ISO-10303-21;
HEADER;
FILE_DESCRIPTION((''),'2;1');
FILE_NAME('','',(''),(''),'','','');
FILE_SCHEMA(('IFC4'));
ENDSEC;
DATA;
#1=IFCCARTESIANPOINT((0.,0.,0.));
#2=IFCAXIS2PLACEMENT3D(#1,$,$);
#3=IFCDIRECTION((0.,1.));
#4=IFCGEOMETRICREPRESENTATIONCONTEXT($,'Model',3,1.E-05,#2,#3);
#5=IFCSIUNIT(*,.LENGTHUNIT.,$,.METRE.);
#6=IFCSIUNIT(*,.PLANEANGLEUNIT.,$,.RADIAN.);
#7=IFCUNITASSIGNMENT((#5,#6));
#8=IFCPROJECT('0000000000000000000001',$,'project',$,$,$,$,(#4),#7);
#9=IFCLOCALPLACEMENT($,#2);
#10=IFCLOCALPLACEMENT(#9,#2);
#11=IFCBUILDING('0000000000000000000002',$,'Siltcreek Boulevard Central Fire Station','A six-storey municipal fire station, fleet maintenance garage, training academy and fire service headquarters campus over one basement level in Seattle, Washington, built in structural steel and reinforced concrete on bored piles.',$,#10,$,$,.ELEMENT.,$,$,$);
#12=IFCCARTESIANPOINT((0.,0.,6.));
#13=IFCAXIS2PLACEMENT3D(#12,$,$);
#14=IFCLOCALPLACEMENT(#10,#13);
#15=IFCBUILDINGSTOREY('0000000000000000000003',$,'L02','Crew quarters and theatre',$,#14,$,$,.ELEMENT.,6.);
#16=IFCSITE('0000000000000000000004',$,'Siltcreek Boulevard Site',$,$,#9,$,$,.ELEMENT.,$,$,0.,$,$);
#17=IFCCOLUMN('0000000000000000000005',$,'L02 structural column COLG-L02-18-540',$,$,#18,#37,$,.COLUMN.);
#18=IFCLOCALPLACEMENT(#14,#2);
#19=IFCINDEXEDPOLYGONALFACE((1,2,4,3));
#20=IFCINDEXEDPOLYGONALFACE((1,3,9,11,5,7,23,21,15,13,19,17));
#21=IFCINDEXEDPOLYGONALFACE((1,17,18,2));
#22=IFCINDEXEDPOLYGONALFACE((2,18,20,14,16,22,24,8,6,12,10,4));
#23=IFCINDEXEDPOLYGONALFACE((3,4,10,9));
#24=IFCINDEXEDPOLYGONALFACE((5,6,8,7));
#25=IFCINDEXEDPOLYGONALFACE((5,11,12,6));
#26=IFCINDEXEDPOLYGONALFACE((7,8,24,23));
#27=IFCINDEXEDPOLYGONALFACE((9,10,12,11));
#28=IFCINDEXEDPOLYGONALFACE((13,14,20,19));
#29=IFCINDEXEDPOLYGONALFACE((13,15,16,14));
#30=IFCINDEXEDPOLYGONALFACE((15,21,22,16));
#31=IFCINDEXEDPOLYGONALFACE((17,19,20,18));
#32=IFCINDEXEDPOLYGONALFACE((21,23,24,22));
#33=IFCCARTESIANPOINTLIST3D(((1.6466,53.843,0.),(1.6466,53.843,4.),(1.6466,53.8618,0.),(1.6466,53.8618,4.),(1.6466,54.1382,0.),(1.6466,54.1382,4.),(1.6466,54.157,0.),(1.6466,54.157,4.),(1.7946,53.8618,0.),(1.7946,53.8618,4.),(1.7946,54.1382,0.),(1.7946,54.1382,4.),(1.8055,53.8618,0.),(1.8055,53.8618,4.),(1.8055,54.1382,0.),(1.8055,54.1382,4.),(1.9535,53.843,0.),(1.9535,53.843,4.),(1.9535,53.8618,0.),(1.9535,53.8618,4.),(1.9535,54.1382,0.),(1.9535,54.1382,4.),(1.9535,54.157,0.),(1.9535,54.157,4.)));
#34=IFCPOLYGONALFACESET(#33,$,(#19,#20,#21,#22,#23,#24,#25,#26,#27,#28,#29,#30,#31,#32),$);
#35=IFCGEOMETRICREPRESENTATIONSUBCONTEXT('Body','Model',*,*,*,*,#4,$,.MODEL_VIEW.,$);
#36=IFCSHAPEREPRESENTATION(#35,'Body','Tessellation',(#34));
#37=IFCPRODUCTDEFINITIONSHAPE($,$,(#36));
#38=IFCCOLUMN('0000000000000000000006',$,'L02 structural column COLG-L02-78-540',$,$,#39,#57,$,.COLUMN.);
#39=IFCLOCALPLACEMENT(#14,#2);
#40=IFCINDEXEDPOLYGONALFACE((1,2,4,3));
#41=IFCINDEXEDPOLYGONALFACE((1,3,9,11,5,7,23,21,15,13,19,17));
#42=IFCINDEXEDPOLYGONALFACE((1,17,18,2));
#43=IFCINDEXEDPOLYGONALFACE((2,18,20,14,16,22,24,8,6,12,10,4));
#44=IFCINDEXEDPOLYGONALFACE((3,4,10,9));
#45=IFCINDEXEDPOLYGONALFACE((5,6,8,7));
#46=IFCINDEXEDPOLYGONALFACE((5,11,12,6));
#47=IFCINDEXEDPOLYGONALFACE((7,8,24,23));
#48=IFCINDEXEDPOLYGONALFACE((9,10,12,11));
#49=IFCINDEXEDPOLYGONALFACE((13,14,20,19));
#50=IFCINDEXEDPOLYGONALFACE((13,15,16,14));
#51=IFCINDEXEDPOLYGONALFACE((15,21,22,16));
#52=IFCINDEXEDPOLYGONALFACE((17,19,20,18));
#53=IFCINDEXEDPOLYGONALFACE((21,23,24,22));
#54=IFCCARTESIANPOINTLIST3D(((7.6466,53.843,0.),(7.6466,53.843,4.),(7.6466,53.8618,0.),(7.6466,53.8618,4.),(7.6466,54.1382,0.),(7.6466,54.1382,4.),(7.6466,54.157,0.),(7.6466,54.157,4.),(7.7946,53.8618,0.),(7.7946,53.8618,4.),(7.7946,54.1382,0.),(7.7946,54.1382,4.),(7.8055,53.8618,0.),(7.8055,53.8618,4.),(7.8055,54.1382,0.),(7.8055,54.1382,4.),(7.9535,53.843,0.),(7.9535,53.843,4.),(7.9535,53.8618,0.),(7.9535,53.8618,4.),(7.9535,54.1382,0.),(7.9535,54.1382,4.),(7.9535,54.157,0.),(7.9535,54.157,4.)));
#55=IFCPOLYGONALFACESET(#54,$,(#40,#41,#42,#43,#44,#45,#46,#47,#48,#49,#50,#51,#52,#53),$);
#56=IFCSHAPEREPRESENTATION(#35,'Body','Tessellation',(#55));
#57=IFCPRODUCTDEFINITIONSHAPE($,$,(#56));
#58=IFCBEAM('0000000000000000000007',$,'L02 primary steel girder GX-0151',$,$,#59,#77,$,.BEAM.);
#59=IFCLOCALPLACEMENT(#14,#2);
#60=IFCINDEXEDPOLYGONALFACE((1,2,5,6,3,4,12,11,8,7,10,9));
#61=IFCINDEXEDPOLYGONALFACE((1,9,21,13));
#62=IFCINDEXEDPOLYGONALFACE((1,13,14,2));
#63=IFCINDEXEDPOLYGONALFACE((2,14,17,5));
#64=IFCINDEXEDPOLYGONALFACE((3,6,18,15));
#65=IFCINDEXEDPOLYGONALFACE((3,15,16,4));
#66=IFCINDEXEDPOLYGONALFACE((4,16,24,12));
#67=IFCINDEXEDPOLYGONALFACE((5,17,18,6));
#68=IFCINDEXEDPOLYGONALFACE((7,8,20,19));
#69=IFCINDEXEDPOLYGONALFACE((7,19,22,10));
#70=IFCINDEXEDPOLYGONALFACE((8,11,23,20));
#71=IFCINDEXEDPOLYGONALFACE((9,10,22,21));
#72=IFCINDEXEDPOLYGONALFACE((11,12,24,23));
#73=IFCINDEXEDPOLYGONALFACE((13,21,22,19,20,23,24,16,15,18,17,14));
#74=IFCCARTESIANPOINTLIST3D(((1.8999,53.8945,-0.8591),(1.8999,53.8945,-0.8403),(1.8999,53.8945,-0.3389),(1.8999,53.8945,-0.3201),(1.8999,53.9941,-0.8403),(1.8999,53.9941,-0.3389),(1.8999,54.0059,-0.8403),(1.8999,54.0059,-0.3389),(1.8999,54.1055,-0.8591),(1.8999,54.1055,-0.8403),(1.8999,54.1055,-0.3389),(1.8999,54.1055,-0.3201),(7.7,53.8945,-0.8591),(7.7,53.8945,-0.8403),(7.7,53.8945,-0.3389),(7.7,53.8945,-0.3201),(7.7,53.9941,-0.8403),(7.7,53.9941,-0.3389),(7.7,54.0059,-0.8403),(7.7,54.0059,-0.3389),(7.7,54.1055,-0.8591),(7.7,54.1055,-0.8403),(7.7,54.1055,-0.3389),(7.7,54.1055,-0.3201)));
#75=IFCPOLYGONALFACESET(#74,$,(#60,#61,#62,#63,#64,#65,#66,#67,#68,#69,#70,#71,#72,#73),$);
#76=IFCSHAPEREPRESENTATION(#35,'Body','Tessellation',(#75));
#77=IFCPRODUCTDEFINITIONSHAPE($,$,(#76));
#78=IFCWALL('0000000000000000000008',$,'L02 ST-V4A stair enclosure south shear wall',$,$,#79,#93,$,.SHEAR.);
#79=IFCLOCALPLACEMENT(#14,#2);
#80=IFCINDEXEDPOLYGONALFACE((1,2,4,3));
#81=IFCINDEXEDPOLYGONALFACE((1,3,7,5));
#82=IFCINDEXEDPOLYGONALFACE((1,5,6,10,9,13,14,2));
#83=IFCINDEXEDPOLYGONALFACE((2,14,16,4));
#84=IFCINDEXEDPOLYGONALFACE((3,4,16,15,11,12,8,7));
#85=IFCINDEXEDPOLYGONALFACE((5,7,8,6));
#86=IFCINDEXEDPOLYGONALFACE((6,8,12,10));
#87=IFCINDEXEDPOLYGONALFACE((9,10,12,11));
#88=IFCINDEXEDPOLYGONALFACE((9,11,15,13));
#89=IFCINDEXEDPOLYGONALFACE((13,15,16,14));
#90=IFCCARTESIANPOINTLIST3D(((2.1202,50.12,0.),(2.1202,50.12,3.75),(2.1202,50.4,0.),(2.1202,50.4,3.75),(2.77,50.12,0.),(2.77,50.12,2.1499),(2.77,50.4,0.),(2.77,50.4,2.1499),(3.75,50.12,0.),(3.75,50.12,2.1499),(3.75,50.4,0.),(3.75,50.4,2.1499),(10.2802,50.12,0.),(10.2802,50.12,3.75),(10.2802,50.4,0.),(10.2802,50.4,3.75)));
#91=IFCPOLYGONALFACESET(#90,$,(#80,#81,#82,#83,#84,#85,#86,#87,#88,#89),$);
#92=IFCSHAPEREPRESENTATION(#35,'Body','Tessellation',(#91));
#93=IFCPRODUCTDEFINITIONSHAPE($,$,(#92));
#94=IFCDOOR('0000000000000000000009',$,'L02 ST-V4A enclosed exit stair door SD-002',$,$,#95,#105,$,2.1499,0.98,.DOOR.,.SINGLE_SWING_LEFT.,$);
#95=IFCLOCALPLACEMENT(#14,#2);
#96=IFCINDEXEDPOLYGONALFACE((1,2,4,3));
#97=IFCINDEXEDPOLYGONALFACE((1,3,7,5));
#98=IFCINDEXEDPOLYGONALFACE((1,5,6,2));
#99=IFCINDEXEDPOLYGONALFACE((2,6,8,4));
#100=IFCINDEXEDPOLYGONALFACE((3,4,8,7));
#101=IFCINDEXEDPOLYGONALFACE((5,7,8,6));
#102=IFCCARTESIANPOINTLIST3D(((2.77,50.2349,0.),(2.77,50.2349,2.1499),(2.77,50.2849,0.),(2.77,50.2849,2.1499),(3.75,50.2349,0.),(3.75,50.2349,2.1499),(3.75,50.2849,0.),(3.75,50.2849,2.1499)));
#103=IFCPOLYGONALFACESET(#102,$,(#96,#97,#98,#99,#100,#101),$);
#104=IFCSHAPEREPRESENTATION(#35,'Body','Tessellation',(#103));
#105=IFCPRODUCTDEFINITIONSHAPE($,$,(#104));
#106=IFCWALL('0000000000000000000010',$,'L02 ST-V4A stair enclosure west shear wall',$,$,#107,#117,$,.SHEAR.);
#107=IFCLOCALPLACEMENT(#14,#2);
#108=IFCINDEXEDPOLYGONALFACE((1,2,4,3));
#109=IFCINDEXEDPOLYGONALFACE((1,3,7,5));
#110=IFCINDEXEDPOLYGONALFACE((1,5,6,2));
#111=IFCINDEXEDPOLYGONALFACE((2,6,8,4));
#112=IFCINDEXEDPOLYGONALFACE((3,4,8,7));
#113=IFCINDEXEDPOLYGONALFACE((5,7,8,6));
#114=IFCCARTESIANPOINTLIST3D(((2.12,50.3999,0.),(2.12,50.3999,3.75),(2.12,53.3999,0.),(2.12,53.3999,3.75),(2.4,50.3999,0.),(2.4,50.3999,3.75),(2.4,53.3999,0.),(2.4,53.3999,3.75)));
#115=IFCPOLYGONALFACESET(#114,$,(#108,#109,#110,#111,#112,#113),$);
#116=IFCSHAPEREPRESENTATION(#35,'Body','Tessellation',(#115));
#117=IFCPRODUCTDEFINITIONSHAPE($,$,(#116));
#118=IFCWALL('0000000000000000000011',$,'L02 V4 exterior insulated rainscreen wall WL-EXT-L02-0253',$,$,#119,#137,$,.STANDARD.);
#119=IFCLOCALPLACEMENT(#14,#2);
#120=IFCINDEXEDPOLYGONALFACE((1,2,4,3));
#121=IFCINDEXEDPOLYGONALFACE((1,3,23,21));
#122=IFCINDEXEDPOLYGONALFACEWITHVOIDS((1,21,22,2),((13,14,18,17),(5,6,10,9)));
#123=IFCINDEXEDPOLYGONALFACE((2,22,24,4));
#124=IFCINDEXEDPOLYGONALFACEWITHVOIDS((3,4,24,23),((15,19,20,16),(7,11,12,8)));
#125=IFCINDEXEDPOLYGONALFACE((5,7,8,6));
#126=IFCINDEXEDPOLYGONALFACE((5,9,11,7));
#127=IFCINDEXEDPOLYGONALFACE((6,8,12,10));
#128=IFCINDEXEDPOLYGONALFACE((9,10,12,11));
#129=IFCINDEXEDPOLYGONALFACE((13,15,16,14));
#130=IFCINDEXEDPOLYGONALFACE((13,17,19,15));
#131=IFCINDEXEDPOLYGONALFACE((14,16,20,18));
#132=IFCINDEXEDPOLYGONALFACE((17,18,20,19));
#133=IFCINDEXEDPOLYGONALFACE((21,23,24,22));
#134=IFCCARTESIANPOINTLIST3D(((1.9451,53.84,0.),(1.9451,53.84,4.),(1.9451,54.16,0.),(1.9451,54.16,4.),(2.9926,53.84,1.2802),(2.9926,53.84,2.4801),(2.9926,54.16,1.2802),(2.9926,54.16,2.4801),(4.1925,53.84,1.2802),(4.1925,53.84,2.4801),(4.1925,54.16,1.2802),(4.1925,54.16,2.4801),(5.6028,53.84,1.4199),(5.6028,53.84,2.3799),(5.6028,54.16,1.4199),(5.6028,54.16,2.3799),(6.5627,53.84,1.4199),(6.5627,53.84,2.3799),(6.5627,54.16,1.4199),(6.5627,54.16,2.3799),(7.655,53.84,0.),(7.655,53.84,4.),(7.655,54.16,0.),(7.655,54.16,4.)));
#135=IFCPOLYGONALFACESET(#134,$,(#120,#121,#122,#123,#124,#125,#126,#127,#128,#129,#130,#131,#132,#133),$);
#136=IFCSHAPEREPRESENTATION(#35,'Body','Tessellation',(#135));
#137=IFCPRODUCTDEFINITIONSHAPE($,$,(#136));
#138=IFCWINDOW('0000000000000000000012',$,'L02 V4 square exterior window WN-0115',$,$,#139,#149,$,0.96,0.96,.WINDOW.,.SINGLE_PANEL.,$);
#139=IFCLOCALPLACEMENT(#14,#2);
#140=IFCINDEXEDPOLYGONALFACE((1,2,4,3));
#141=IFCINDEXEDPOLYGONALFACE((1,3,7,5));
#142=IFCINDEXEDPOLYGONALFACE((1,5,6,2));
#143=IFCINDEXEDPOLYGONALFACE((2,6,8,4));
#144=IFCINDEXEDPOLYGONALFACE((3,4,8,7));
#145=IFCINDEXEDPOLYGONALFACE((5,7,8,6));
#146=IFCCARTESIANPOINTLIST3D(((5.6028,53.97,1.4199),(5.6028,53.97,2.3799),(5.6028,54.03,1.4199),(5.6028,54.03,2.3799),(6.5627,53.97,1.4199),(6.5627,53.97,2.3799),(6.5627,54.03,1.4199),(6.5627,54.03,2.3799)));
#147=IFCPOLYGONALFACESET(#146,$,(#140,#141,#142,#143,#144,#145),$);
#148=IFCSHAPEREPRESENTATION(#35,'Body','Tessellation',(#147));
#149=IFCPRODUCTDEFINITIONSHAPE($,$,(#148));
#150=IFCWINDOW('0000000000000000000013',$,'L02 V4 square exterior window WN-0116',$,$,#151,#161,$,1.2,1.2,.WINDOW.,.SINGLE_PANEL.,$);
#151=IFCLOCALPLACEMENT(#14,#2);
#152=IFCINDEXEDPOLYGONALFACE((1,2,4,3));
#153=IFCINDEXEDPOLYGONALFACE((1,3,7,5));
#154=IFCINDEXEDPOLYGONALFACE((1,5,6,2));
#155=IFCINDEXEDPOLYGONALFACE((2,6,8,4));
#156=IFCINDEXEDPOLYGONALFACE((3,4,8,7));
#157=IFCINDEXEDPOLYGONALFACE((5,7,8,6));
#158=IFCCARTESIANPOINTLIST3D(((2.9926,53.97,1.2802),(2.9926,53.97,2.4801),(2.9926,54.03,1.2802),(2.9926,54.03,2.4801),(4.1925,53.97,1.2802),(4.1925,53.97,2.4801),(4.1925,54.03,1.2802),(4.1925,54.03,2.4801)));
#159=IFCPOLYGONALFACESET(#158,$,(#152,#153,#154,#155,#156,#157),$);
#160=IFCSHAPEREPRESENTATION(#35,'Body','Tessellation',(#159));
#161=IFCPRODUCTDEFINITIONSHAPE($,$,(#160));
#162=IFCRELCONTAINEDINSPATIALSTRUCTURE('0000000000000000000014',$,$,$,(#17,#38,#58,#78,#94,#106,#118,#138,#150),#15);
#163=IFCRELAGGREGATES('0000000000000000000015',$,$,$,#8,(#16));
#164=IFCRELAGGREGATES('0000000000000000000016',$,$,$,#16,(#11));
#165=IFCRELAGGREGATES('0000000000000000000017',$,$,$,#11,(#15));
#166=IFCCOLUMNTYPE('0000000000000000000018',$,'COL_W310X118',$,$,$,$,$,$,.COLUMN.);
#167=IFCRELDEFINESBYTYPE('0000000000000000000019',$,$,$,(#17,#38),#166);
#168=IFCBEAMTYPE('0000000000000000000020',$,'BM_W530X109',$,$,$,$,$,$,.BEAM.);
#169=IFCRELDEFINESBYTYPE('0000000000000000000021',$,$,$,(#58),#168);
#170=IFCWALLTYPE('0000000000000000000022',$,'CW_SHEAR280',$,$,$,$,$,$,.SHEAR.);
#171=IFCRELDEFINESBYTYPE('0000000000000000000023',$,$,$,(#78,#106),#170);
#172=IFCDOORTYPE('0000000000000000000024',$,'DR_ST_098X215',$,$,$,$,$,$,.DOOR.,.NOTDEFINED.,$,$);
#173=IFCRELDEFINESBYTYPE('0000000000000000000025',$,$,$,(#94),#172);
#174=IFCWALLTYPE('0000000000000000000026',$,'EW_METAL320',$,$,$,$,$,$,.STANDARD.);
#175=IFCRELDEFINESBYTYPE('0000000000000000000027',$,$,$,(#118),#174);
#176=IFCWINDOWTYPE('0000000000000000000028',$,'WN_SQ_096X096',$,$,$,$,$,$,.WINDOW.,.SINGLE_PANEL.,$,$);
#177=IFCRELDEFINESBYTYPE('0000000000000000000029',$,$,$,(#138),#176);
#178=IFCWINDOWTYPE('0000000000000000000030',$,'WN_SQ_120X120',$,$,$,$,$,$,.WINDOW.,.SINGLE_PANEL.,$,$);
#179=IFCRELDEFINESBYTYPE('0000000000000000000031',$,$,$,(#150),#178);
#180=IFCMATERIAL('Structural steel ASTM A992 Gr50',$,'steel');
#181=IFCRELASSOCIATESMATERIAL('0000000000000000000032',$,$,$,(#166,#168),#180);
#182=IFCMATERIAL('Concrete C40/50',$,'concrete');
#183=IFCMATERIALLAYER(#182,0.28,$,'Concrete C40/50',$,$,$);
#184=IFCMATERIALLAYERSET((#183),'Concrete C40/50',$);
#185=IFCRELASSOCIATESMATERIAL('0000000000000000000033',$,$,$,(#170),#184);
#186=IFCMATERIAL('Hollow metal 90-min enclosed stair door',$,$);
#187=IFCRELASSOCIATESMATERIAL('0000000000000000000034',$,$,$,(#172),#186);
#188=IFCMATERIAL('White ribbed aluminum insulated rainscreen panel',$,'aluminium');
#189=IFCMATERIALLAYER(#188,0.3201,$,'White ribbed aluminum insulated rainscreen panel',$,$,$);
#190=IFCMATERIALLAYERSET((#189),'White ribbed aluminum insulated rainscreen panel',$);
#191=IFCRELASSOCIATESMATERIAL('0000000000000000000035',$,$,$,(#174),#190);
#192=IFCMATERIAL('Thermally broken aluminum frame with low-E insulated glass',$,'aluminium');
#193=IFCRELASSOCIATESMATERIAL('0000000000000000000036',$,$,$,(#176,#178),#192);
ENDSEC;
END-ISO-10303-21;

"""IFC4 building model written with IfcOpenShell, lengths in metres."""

from ifc_helpers import new_model, si_unit, direction, frame, frame_2d, origin, origin_2d, place, context, subcontext, project, spatial, rectangle, i_section, extrude, material, layer, layer_set, material_profile, profile_set, type_object, element, fill, save


model = new_model("IFC4")

# Units and contexts
model_context = context("Model", 3, precision=1e-05, world=origin(), true_north=direction((0.0, 1.0)))
body_context = subcontext(model_context, "Body", "Model", "MODEL_VIEW")
ifc_project = project(units=[si_unit("LENGTHUNIT", "METRE"), si_unit("PLANEANGLEUNIT", "RADIAN")], contexts=[model_context])

# Site, building, storey
site_placement = place(None, origin())
site = spatial("IfcSite", under=ifc_project, at=site_placement, Name="Siltcreek Boulevard Site", CompositionType="ELEMENT", RefElevation=0.0)
building_placement = place(site_placement, origin())
building = spatial("IfcBuilding", under=site, at=building_placement, Name="Siltcreek Boulevard Central Fire Station", Description="A six-storey municipal fire station, fleet maintenance garage, training academy and fire service headquarters campus over one basement level in Seattle, Washington, built in structural steel and reinforced concrete on bored piles.", CompositionType="ELEMENT")
storey_placement = place(building_placement, frame((0.0, 0.0, 6.0)))
storey = spatial("IfcBuildingStorey", under=building, at=storey_placement, Name="L02", Description="Crew quarters and theatre", CompositionType="ELEMENT", Elevation=6.0)

# Columns
ifc_material_1 = material(Name="Structural steel ASTM A992 Gr50", Category="steel")
ifc_material_profile_1 = material_profile(ifc_material_1, i_section(OverallWidth=0.3069, OverallDepth=0.314, WebThickness=0.011, FlangeThickness=0.0188, at=origin_2d()), Name="W310X118")
ifc_profile_set_1 = profile_set([ifc_material_profile_1], Name="Structural steel ASTM A992 Gr50")
column_type = type_object("IfcColumnType", Name="COL_W310X118", PredefinedType="COLUMN", material=ifc_profile_set_1)
for number, where, z_axis, x_axis, name in (
    (1, (1.8, 54.0, 0.0), (0.0, 0.0, 1.0), (1.0, 0.0, 0.0), "L02 structural column COLG-L02-18-540"),
    (2, (7.8, 54.0, 0.0), (0.0, 0.0, 1.0), (1.0, 0.0, 0.0), "L02 structural column COLG-L02-78-540"),
):
    element("IfcColumn", number, at=place(storey_placement, frame(where, z_axis=z_axis, x_axis=x_axis)), inside=storey, type_object=column_type, Name=name, PredefinedType="COLUMN", context=body_context, shape_type="SweptSolid", body=[
        extrude(i_section(OverallWidth=0.3069, OverallDepth=0.314, WebThickness=0.011, FlangeThickness=0.0188, at=origin_2d()), origin(), (0.0, 0.0, 1.0), 4.0),
    ])

# Beam
ifc_material_profile_2 = material_profile(ifc_material_1, i_section(OverallWidth=0.2109, OverallDepth=0.5391, WebThickness=0.0117, FlangeThickness=0.0188, at=origin_2d()), Name="W530X109")
ifc_profile_set_2 = profile_set([ifc_material_profile_2], Name="Structural steel ASTM A992 Gr50")
beam_type = type_object("IfcBeamType", Name="BM_W530X109", PredefinedType="BEAM", material=ifc_profile_set_2)
beam_placement = place(storey_placement, frame((1.8999, 54.0, -0.5896), z_axis=(1.0, 0.0, 0.0), x_axis=(0.0, 1.0, 0.0)))
element("IfcBeam", 3, at=beam_placement, inside=storey, type_object=beam_type, Name="L02 primary steel girder GX-0151", PredefinedType="BEAM", context=body_context, shape_type="SweptSolid", body=[
    extrude(i_section(OverallWidth=0.2109, OverallDepth=0.5391, WebThickness=0.0117, FlangeThickness=0.0188, at=origin_2d()), origin(), (0.0, 0.0, 1.0), 5.8),
])

# Wall, opening, door
ifc_material_2 = material(Name="Concrete C40/50", Category="concrete")
ifc_layer_1 = layer(ifc_material_2, 0.28, Name="Concrete C40/50")
ifc_layer_set_1 = layer_set([ifc_layer_1], Name="Concrete C40/50")
wall_type_1 = type_object("IfcWallType", Name="CW_SHEAR280", PredefinedType="SHEAR", material=ifc_layer_set_1)
wall_1_placement = place(storey_placement, frame((2.1201, 50.26, 0.0), z_axis=(0.0, 0.0, 1.0), x_axis=(1.0, 0.0, 0.0)))
wall_1 = element("IfcWall", 4, at=wall_1_placement, inside=storey, type_object=wall_type_1, Name="L02 ST-V4A stair enclosure south shear wall", PredefinedType="SHEAR", context=body_context, shape_type="SweptSolid", body=[
    extrude(rectangle(XDim=8.1599, YDim=0.28, at=frame_2d((4.0801, 0.0))), origin(), (0.0, 0.0, 1.0), 3.75),
])
opening_1_placement = place(wall_1_placement, frame((0.6499, 0.0, 0.0)))
opening_1 = element("IfcOpeningElement", 5, at=opening_1_placement, cuts=wall_1, PredefinedType="OPENING", context=body_context, shape_type="SweptSolid", body=[
    extrude(rectangle(XDim=0.98, YDim=2.1499, at=frame_2d((0.49, 1.075))), frame((0.0, 0.1499, 0.0), z_axis=(0.0, -1.0, 0.0), x_axis=(1.0, 0.0, 0.0)), (0.0, 0.0, 1.0), 0.3),
])
ifc_material_3 = material(Name="Hollow metal 90-min enclosed stair door")
door_type_1 = type_object("IfcDoorType", Name="DR_ST_098X215", OperationType="NOTDEFINED", PredefinedType="DOOR", material=ifc_material_3)
door_1_placement = place(opening_1_placement, origin())
door_1 = element("IfcDoor", 6, at=door_1_placement, inside=storey, type_object=door_type_1, Name="L02 ST-V4A enclosed exit stair door SD-002", OperationType="SINGLE_SWING_LEFT", OverallHeight=2.1499, OverallWidth=0.98, PredefinedType="DOOR", context=body_context, shape_type="SweptSolid", body=[
    extrude(rectangle(XDim=0.98, YDim=2.1499, at=frame_2d((0.49, 1.075))), frame((0.0, 0.0249, 0.0), z_axis=(0.0, -1.0, 0.0), x_axis=(1.0, 0.0, 0.0)), (0.0, 0.0, 1.0), 0.05),
])
fill(opening_1, door_1)

# Wall
wall_2_placement = place(storey_placement, frame((2.26, 53.3999, 0.0), z_axis=(0.0, 0.0, 1.0), x_axis=(0.0, -1.0, 0.0)))
element("IfcWall", 7, at=wall_2_placement, inside=storey, type_object=wall_type_1, Name="L02 ST-V4A stair enclosure west shear wall", PredefinedType="SHEAR", context=body_context, shape_type="SweptSolid", body=[
    extrude(rectangle(XDim=3.0, YDim=0.28, at=frame_2d((1.5, 0.0))), origin(), (0.0, 0.0, 1.0), 3.75),
])

# Wall, openings, windows
ifc_material_4 = material(Name="White ribbed aluminum insulated rainscreen panel", Category="aluminium")
ifc_layer_2 = layer(ifc_material_4, 0.3201, Name="White ribbed aluminum insulated rainscreen panel")
ifc_layer_set_2 = layer_set([ifc_layer_2], Name="White ribbed aluminum insulated rainscreen panel")
wall_type_2 = type_object("IfcWallType", Name="EW_METAL320", PredefinedType="STANDARD", material=ifc_layer_set_2)
wall_3_placement = place(storey_placement, frame((7.655, 54.0, 0.0), z_axis=(0.0, 0.0, 1.0), x_axis=(-1.0, 0.0, 0.0)))
wall_3 = element("IfcWall", 8, at=wall_3_placement, inside=storey, type_object=wall_type_2, Name="L02 V4 exterior insulated rainscreen wall WL-EXT-L02-0253", PredefinedType="STANDARD", context=body_context, shape_type="SweptSolid", body=[
    extrude(rectangle(XDim=5.71, YDim=0.3201, at=frame_2d((2.855, 0.0))), origin(), (0.0, 0.0, 1.0), 4.0),
])
opening_2_placement = place(wall_3_placement, frame((1.0923, 0.0, 1.4199)))
opening_2 = element("IfcOpeningElement", 9, at=opening_2_placement, cuts=wall_3, PredefinedType="OPENING", context=body_context, shape_type="SweptSolid", body=[
    extrude(rectangle(XDim=0.96, YDim=0.96, at=frame_2d((0.48, 0.48))), frame((0.0, 0.1699, 0.0), z_axis=(0.0, -1.0, 0.0), x_axis=(1.0, 0.0, 0.0)), (0.0, 0.0, 1.0), 0.3401),
])
opening_3_placement = place(wall_3_placement, frame((3.4624, 0.0, 1.28)))
opening_3 = element("IfcOpeningElement", 10, at=opening_3_placement, cuts=wall_3, PredefinedType="OPENING", context=body_context, shape_type="SweptSolid", body=[
    extrude(rectangle(XDim=1.2, YDim=1.2, at=frame_2d((0.6001, 0.6001))), frame((0.0, 0.1699, 0.0), z_axis=(0.0, -1.0, 0.0), x_axis=(1.0, 0.0, 0.0)), (0.0, 0.0, 1.0), 0.3401),
])
ifc_material_5 = material(Name="Thermally broken aluminum frame with low-E insulated glass", Category="aluminium")
window_type_1 = type_object("IfcWindowType", Name="WN_SQ_096X096", PartitioningType="SINGLE_PANEL", PredefinedType="WINDOW", material=ifc_material_5)
window_1_placement = place(opening_2_placement, origin())
window_1 = element("IfcWindow", 11, at=window_1_placement, inside=storey, type_object=window_type_1, Name="L02 V4 square exterior window WN-0115", OverallHeight=0.96, OverallWidth=0.96, PartitioningType="SINGLE_PANEL", PredefinedType="WINDOW", context=body_context, shape_type="SweptSolid", body=[
    extrude(rectangle(XDim=0.96, YDim=0.96, at=frame_2d((0.48, 0.48))), frame((0.0, 0.03, 0.0), z_axis=(0.0, -1.0, 0.0), x_axis=(1.0, 0.0, 0.0)), (0.0, 0.0, 1.0), 0.0601),
])
fill(opening_2, window_1)
window_type_2 = type_object("IfcWindowType", Name="WN_SQ_120X120", PartitioningType="SINGLE_PANEL", PredefinedType="WINDOW", material=ifc_material_5)
window_2_placement = place(opening_3_placement, origin())
window_2 = element("IfcWindow", 12, at=window_2_placement, inside=storey, type_object=window_type_2, Name="L02 V4 square exterior window WN-0116", OverallHeight=1.2, OverallWidth=1.2, PartitioningType="SINGLE_PANEL", PredefinedType="WINDOW", context=body_context, shape_type="SweptSolid", body=[
    extrude(rectangle(XDim=1.2, YDim=1.2, at=frame_2d((0.6001, 0.6001))), frame((0.0, 0.03, 0.0), z_axis=(0.0, -1.0, 0.0), x_axis=(1.0, 0.0, 0.0)), (0.0, 0.0, 1.0), 0.0601),
])
fill(opening_3, window_2)

save(model, "model.ifc")
